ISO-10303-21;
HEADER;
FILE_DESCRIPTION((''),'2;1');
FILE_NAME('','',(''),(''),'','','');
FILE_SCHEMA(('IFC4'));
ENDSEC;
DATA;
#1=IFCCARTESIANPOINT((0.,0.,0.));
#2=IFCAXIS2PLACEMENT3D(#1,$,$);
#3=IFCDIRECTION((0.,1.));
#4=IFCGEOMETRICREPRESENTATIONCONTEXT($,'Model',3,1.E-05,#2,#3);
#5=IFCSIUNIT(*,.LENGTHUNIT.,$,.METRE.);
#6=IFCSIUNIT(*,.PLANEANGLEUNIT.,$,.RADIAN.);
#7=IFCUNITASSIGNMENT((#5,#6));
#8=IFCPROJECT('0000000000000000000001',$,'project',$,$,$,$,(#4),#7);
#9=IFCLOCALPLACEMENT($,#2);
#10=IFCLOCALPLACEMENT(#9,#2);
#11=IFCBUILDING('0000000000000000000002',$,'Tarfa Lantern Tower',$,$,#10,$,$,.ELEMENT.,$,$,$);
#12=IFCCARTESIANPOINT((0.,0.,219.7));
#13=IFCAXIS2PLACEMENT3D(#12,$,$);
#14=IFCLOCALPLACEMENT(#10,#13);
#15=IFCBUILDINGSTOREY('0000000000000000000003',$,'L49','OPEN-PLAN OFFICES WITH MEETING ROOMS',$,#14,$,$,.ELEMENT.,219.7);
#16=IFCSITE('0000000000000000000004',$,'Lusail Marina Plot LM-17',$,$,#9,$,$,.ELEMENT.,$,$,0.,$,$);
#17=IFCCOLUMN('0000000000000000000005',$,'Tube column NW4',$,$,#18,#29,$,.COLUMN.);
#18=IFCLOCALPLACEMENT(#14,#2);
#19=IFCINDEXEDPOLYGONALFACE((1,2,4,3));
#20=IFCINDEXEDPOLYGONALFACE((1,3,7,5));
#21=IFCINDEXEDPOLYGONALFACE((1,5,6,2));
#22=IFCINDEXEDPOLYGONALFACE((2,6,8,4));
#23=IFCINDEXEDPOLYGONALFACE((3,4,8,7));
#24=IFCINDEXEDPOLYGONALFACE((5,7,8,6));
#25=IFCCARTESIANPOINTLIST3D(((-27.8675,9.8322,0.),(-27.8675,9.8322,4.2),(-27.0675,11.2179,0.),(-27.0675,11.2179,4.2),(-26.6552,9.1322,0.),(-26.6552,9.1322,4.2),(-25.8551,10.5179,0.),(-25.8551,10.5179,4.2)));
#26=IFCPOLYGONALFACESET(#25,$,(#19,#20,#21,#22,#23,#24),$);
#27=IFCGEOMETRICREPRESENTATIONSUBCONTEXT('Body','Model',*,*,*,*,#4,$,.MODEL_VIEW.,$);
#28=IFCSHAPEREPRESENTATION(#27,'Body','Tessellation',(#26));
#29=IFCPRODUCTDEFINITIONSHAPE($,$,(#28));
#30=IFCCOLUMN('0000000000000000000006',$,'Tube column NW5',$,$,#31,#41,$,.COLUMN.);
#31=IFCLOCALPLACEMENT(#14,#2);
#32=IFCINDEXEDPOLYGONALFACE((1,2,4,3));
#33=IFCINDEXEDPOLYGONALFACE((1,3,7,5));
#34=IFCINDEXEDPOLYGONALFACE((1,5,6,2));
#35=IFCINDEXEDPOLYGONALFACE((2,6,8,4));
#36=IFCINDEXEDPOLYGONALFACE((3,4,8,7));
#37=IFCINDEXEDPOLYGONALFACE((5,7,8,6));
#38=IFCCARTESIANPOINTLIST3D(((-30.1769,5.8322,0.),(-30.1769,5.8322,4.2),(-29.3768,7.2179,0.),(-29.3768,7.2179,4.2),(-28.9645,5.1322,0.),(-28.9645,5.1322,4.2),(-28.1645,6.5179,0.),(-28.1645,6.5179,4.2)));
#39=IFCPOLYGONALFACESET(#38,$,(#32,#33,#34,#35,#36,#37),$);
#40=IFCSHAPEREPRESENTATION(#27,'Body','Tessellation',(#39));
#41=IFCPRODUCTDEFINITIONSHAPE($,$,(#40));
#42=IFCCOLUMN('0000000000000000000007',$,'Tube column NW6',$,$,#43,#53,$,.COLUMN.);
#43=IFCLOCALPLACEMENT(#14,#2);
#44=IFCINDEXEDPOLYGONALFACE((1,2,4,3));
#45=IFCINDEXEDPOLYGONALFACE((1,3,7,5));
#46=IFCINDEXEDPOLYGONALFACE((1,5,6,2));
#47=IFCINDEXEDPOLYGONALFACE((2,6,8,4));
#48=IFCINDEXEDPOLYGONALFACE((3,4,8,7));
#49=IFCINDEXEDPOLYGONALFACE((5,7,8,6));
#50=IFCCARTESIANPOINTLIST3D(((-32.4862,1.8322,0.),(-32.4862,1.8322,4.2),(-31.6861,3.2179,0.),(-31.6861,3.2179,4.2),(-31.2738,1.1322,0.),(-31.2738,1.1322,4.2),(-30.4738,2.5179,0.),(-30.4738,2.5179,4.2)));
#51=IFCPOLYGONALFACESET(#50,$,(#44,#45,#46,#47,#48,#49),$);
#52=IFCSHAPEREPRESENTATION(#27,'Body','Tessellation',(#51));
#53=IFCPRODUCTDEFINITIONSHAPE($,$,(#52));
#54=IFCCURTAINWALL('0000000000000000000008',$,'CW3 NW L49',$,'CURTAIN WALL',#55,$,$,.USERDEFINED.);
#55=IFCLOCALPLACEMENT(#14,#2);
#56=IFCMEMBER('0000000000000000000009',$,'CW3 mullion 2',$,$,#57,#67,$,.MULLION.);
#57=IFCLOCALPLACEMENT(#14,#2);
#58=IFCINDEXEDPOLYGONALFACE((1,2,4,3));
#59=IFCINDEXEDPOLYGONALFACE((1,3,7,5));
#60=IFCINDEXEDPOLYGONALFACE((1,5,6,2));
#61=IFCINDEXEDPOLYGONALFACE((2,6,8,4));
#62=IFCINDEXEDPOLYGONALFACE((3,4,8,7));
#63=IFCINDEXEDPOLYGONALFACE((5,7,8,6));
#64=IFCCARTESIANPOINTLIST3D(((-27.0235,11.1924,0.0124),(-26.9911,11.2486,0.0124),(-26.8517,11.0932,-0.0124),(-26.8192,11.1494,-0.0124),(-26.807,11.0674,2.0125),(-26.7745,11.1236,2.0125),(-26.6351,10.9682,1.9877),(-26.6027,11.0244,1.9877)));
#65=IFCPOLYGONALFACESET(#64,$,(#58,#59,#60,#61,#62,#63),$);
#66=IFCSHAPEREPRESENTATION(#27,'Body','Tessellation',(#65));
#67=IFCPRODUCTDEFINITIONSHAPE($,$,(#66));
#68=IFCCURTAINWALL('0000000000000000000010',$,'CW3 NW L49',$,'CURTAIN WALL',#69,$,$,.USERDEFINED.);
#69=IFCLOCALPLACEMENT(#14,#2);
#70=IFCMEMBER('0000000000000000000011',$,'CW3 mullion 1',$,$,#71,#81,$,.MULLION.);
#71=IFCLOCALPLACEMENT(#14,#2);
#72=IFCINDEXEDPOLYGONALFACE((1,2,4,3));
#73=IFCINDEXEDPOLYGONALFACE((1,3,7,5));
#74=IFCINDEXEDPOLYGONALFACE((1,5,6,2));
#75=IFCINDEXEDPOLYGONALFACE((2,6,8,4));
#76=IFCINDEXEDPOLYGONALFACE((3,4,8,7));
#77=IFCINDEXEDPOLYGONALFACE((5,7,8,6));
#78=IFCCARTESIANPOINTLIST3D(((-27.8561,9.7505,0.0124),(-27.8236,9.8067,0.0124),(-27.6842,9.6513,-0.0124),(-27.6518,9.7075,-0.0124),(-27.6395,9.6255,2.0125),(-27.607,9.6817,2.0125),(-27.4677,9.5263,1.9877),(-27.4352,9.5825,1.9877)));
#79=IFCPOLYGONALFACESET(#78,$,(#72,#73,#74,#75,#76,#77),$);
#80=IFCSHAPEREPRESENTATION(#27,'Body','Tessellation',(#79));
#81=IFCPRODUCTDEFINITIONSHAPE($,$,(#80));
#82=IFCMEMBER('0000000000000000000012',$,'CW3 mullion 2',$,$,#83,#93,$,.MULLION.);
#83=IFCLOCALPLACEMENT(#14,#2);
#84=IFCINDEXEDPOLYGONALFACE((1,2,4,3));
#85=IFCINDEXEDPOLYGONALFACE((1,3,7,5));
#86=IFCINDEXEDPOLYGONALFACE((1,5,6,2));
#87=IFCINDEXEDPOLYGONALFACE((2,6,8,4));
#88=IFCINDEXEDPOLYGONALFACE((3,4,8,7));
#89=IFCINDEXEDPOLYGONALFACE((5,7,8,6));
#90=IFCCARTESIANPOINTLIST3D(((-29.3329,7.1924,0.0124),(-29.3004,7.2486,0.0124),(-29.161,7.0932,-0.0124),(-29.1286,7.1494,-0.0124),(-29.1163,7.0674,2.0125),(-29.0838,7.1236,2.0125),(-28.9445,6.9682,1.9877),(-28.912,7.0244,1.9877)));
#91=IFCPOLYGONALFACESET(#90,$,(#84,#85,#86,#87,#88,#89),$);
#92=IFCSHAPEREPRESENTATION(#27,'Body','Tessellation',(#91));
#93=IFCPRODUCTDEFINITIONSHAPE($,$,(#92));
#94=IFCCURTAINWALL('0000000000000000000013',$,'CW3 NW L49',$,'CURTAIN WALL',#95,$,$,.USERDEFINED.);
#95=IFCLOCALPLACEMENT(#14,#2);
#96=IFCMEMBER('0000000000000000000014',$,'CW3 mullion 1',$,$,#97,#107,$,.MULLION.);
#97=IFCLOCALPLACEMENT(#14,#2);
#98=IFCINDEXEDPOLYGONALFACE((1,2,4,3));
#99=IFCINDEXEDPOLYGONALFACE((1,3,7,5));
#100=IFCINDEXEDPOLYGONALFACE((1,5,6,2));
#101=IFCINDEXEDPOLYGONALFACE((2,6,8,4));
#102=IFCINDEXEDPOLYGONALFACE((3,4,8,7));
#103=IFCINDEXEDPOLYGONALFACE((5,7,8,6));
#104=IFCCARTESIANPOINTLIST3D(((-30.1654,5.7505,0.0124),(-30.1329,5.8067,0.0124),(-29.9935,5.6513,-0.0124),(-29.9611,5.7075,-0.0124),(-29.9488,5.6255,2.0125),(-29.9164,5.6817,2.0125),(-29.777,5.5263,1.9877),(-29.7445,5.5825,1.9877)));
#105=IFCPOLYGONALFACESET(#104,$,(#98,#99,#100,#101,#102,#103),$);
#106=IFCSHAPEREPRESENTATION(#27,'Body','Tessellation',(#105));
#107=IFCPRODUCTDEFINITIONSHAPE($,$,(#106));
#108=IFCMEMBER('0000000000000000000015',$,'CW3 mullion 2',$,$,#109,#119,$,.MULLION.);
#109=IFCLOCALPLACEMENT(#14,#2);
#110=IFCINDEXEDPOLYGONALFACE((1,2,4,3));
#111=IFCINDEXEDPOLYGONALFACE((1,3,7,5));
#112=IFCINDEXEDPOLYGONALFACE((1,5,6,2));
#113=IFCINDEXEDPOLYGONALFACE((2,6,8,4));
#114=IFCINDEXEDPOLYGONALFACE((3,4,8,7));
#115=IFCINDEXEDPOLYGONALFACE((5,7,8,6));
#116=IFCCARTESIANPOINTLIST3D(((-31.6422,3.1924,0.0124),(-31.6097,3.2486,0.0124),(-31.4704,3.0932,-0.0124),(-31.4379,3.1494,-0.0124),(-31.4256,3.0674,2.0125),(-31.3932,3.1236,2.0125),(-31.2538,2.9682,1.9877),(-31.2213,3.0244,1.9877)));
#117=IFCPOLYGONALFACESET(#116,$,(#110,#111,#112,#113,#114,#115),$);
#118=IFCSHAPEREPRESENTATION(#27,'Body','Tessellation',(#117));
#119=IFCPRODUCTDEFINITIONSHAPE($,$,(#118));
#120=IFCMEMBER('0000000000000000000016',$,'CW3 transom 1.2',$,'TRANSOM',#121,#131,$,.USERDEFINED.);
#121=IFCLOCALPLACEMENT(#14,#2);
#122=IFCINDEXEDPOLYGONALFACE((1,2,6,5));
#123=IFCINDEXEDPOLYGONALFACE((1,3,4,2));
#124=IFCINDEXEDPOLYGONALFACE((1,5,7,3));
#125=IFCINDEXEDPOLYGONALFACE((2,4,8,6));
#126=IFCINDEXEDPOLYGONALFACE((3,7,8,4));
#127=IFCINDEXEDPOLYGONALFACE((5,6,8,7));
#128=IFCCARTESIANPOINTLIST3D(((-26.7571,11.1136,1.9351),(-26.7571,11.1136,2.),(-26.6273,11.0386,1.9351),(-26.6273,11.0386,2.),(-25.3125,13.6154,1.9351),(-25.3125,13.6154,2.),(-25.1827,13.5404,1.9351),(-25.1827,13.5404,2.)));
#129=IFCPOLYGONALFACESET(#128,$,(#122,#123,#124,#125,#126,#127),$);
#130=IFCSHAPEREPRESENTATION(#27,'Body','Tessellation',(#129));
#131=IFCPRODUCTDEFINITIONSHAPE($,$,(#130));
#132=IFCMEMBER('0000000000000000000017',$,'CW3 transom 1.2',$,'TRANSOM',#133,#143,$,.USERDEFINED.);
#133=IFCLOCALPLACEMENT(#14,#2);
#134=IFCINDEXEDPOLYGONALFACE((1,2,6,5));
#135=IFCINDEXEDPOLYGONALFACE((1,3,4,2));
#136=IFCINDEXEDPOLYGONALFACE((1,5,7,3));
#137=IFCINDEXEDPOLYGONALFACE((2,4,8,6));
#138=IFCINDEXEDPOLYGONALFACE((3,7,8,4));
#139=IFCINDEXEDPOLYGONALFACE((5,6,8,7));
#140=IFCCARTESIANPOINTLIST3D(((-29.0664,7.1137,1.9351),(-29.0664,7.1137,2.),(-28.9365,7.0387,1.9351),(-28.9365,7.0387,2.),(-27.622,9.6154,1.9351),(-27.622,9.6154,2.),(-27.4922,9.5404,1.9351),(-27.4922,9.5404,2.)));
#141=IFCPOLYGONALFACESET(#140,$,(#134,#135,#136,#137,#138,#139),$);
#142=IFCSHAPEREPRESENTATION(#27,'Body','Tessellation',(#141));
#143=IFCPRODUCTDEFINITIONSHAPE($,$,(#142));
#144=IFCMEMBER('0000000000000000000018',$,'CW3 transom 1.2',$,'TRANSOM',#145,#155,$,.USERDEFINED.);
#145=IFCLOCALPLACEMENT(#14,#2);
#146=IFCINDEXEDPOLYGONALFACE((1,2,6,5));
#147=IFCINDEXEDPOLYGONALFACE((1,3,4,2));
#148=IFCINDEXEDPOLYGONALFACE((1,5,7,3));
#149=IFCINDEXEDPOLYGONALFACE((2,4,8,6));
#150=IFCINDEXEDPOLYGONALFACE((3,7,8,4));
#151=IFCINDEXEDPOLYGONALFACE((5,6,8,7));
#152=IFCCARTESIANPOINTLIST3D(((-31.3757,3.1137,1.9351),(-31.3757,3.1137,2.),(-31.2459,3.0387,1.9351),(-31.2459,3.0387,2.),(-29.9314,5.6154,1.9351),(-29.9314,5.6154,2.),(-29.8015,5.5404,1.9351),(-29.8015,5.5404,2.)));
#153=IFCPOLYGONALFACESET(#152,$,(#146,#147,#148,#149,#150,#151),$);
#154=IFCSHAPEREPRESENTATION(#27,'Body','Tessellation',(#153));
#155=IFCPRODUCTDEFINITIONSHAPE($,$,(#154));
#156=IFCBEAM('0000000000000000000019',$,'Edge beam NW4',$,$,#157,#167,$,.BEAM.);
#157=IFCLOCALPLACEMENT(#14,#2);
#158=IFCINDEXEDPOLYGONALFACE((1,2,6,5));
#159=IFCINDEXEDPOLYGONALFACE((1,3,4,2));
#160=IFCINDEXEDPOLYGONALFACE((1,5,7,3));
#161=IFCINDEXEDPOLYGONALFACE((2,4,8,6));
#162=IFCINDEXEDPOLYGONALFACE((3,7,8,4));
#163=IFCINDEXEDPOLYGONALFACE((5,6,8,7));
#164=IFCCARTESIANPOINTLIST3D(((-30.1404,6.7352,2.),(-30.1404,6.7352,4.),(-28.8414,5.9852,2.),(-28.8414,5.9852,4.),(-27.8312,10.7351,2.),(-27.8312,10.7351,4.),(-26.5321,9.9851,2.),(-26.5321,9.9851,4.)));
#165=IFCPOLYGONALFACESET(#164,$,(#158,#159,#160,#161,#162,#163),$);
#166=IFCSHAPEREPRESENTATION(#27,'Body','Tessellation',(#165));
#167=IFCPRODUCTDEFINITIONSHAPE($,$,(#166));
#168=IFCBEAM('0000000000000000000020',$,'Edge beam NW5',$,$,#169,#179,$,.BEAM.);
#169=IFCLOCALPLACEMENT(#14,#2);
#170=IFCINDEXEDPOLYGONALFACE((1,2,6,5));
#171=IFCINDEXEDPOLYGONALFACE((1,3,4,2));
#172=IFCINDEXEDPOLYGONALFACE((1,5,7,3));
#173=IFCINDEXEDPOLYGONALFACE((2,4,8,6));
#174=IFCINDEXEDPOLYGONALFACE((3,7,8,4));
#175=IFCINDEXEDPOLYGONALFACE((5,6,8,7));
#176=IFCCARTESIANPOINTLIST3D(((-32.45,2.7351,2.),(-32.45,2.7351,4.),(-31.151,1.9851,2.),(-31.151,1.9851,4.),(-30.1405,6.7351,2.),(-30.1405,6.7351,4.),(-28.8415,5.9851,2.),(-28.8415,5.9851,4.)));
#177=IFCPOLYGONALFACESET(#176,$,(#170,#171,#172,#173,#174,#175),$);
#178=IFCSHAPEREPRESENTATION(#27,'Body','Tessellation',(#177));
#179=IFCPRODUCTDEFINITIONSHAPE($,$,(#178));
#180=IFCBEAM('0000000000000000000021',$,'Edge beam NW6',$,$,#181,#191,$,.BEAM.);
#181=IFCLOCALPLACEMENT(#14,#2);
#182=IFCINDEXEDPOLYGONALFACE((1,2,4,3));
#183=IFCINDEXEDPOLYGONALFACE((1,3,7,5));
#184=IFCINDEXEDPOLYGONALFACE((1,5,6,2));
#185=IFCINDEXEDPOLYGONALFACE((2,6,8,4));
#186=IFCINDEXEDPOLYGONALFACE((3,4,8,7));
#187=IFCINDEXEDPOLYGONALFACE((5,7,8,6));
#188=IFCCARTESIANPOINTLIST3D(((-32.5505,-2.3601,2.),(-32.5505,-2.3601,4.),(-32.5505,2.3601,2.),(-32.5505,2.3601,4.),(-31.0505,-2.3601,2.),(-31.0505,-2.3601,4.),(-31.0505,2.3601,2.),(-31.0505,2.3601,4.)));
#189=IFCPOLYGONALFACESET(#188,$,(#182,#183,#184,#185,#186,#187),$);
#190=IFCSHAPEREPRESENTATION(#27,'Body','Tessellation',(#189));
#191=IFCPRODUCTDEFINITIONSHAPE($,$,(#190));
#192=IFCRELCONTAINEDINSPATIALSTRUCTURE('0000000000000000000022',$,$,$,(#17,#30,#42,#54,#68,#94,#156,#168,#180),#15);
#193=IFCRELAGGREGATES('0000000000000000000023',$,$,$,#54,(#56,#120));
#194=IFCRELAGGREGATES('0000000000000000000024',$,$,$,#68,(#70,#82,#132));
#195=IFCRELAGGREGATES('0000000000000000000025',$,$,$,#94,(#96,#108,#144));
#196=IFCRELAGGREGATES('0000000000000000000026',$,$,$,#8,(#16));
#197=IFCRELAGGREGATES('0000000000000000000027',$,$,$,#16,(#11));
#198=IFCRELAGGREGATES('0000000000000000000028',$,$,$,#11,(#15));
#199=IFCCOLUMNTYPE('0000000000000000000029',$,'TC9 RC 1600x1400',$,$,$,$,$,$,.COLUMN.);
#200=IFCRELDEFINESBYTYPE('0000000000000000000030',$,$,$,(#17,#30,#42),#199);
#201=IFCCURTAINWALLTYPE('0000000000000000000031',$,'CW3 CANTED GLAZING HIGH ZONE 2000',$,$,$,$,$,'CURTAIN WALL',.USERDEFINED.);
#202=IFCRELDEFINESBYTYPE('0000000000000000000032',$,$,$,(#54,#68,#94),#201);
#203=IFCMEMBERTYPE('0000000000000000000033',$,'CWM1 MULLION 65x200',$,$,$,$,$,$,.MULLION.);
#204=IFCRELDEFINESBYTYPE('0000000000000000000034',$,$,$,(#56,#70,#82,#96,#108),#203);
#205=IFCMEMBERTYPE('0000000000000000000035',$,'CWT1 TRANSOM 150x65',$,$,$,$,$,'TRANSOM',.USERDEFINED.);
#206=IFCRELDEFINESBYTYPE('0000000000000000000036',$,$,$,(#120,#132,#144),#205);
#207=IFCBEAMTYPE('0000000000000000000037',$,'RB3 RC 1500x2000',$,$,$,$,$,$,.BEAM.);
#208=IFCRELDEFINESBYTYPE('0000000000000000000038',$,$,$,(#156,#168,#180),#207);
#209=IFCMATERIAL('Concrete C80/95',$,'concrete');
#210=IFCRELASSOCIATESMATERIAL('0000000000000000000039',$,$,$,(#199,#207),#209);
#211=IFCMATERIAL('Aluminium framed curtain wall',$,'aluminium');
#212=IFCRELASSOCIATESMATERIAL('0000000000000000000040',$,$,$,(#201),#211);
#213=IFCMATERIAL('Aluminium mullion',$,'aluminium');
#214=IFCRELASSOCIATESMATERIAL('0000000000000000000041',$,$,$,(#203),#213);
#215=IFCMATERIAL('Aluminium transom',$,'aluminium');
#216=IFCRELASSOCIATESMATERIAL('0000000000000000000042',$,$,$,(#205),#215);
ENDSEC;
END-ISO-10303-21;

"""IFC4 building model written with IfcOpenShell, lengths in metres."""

from ifc_helpers import new_model, si_unit, direction, frame, origin, origin_2d, place, context, subcontext, project, spatial, rectangle, extrude, material, material_profile, profile_set, type_object, element, aggregate, save


model = new_model("IFC4")

# Units and contexts
model_context = context("Model", 3, precision=1e-05, world=origin(), true_north=direction((0.0, 1.0)))
body_context = subcontext(model_context, "Body", "Model", "MODEL_VIEW")
ifc_project = project(units=[si_unit("LENGTHUNIT", "METRE"), si_unit("PLANEANGLEUNIT", "RADIAN")], contexts=[model_context])

# Site, building, storey
site_placement = place(None, origin())
site = spatial("IfcSite", under=ifc_project, at=site_placement, Name="Lusail Marina Plot LM-17", CompositionType="ELEMENT", RefElevation=0.0)
building_placement = place(site_placement, origin())
building = spatial("IfcBuilding", under=site, at=building_placement, Name="Tarfa Lantern Tower", CompositionType="ELEMENT")
storey_placement = place(building_placement, frame((0.0, 0.0, 219.7)))
storey = spatial("IfcBuildingStorey", under=building, at=storey_placement, Name="L49", Description="OPEN-PLAN OFFICES WITH MEETING ROOMS", CompositionType="ELEMENT", Elevation=219.7)

# Columns
ifc_material_1 = material(Name="Concrete C80/95", Category="concrete")
ifc_material_profile_1 = material_profile(ifc_material_1, rectangle(XDim=1.6001, YDim=1.3999, at=origin_2d()), Name="RC 1600x1400")
ifc_profile_set_1 = profile_set([ifc_material_profile_1], Name="Concrete C80/95")
column_type = type_object("IfcColumnType", Name="TC9 RC 1600x1400", PredefinedType="COLUMN", material=ifc_profile_set_1)
for number, where, z_axis, x_axis, name in (
    (1, (-26.8613, 10.175, 0.0), (0.0, 0.0, 1.0), (-0.5, -0.866025, 0.0), "Tube column NW4"),
    (2, (-29.1707, 6.175, 0.0), (0.0, 0.0, 1.0), (-0.5, -0.866025, 0.0), "Tube column NW5"),
    (3, (-31.48, 2.175, 0.0), (0.0, 0.0, 1.0), (-0.5, -0.866025, 0.0), "Tube column NW6"),
):
    element("IfcColumn", number, at=place(storey_placement, frame(where, z_axis=z_axis, x_axis=x_axis)), inside=storey, type_object=column_type, Name=name, PredefinedType="COLUMN", context=body_context, shape_type="SweptSolid", body=[
        extrude(rectangle(XDim=1.6001, YDim=1.3999, at=origin_2d()), origin(), (0.0, 0.0, 1.0), 4.2),
    ])

# Curtain wall, member
ifc_material_2 = material(Name="Aluminium framed curtain wall", Category="aluminium")
curtain_wall_type = type_object("IfcCurtainWallType", Name="CW3 CANTED GLAZING HIGH ZONE 2000", ElementType="CURTAIN WALL", PredefinedType="USERDEFINED", material=ifc_material_2)
curtain_wall_1_placement = place(storey_placement, origin())
curtain_wall_1 = element("IfcCurtainWall", 4, at=curtain_wall_1_placement, inside=storey, type_object=curtain_wall_type, Name="CW3 NW L49", ObjectType="CURTAIN WALL", PredefinedType="USERDEFINED")
ifc_material_3 = material(Name="Aluminium mullion", Category="aluminium")
ifc_material_profile_2 = material_profile(ifc_material_3, rectangle(XDim=0.0649, YDim=0.2, at=origin_2d()), Name="AL MULLION 65x200")
ifc_profile_set_2 = profile_set([ifc_material_profile_2], Name="Aluminium mullion")
member_type_1 = type_object("IfcMemberType", Name="CWM1 MULLION 65x200", PredefinedType="MULLION", material=ifc_profile_set_2)
member_1_placement = place(storey_placement, frame((-26.9214, 11.1709, 0.0), z_axis=(0.10744, -0.062017, 0.992275), x_axis=(0.49992, 0.866072, 0.0)))
member_1 = element("IfcMember", 5, at=member_1_placement, type_object=member_type_1, Name="CW3 mullion 2", PredefinedType="MULLION", context=body_context, shape_type="SweptSolid", body=[
    extrude(rectangle(XDim=0.0649, YDim=0.2, at=origin_2d()), origin(), (0.0, 0.0, 1.0), 2.0156),
])

# Curtain walls, members
curtain_wall_2_placement = place(storey_placement, origin())
curtain_wall_2 = element("IfcCurtainWall", 6, at=curtain_wall_2_placement, inside=storey, type_object=curtain_wall_type, Name="CW3 NW L49", ObjectType="CURTAIN WALL", PredefinedType="USERDEFINED")
member_2_placement = place(storey_placement, frame((-27.7539, 9.729, 0.0), z_axis=(0.10744, -0.062017, 0.992275), x_axis=(0.49992, 0.866072, 0.0)))
member_2 = element("IfcMember", 7, at=member_2_placement, type_object=member_type_1, Name="CW3 mullion 1", PredefinedType="MULLION", context=body_context, shape_type="SweptSolid", body=[
    extrude(rectangle(XDim=0.0649, YDim=0.2, at=origin_2d()), origin(), (0.0, 0.0, 1.0), 2.0156),
])
member_3_placement = place(storey_placement, frame((-29.2307, 7.1709, 0.0), z_axis=(0.10744, -0.062017, 0.992275), x_axis=(0.49992, 0.866072, 0.0)))
member_3 = element("IfcMember", 8, at=member_3_placement, type_object=member_type_1, Name="CW3 mullion 2", PredefinedType="MULLION", context=body_context, shape_type="SweptSolid", body=[
    extrude(rectangle(XDim=0.0649, YDim=0.2, at=origin_2d()), origin(), (0.0, 0.0, 1.0), 2.0156),
])
curtain_wall_3_placement = place(storey_placement, origin())
curtain_wall_3 = element("IfcCurtainWall", 9, at=curtain_wall_3_placement, inside=storey, type_object=curtain_wall_type, Name="CW3 NW L49", ObjectType="CURTAIN WALL", PredefinedType="USERDEFINED")
member_4_placement = place(storey_placement, frame((-30.0632, 5.729, 0.0), z_axis=(0.10744, -0.062017, 0.992275), x_axis=(0.49992, 0.866072, 0.0)))
member_4 = element("IfcMember", 10, at=member_4_placement, type_object=member_type_1, Name="CW3 mullion 1", PredefinedType="MULLION", context=body_context, shape_type="SweptSolid", body=[
    extrude(rectangle(XDim=0.0649, YDim=0.2, at=origin_2d()), origin(), (0.0, 0.0, 1.0), 2.0156),
])
member_5_placement = place(storey_placement, frame((-31.54, 3.1709, 0.0), z_axis=(0.10744, -0.062017, 0.992275), x_axis=(0.49992, 0.866072, 0.0)))
member_5 = element("IfcMember", 11, at=member_5_placement, type_object=member_type_1, Name="CW3 mullion 2", PredefinedType="MULLION", context=body_context, shape_type="SweptSolid", body=[
    extrude(rectangle(XDim=0.0649, YDim=0.2, at=origin_2d()), origin(), (0.0, 0.0, 1.0), 2.0156),
])

# Members
ifc_material_4 = material(Name="Aluminium transom", Category="aluminium")
ifc_material_profile_3 = material_profile(ifc_material_4, rectangle(XDim=0.1499, YDim=0.0649, at=origin_2d()), Name="AL TRANSOM 150x65")
ifc_profile_set_3 = profile_set([ifc_material_profile_3], Name="Aluminium transom")
member_type_2 = type_object("IfcMemberType", Name="CWT1 TRANSOM 150x65", ElementType="TRANSOM", PredefinedType="USERDEFINED", material=ifc_profile_set_3)
member_6_placement = place(storey_placement, frame((-25.2476, 13.5779, 1.9675), z_axis=(-0.500057, -0.865993, 0.0), x_axis=(0.865993, -0.500057, 0.0)))
member_6 = element("IfcMember", 12, at=member_6_placement, type_object=member_type_2, Name="CW3 transom 1.2", ObjectType="TRANSOM", PredefinedType="USERDEFINED", context=body_context, shape_type="SweptSolid", body=[
    extrude(rectangle(XDim=0.1499, YDim=0.0649, at=origin_2d()), origin(), (0.0, 0.0, 1.0), 2.8889),
])
member_7_placement = place(storey_placement, frame((-27.5571, 9.5779, 1.9675), z_axis=(-0.499993, -0.866029, 0.0), x_axis=(0.866029, -0.499993, 0.0)))
member_7 = element("IfcMember", 13, at=member_7_placement, type_object=member_type_2, Name="CW3 transom 1.2", ObjectType="TRANSOM", PredefinedType="USERDEFINED", context=body_context, shape_type="SweptSolid", body=[
    extrude(rectangle(XDim=0.1499, YDim=0.0649, at=origin_2d()), origin(), (0.0, 0.0, 1.0), 2.8887),
])
member_8_placement = place(storey_placement, frame((-29.8665, 5.5779, 1.9675), z_axis=(-0.499993, -0.866029, 0.0), x_axis=(0.866029, -0.499993, 0.0)))
member_8 = element("IfcMember", 14, at=member_8_placement, type_object=member_type_2, Name="CW3 transom 1.2", ObjectType="TRANSOM", PredefinedType="USERDEFINED", context=body_context, shape_type="SweptSolid", body=[
    extrude(rectangle(XDim=0.1499, YDim=0.0649, at=origin_2d()), origin(), (0.0, 0.0, 1.0), 2.8887),
])

# Beams
ifc_material_profile_4 = material_profile(ifc_material_1, rectangle(XDim=1.5, YDim=2.0, at=origin_2d()), Name="RC 1500x2000")
ifc_profile_set_4 = profile_set([ifc_material_profile_4], Name="Concrete C80/95")
beam_type_1 = type_object("IfcBeamType", Name="RB3 RC 1500x2000", PredefinedType="BEAM", material=ifc_profile_set_4)
beam_1_placement = place(storey_placement, frame((-27.1816, 10.3601, 3.0), z_axis=(-0.499988, -0.866032, 0.0), x_axis=(0.866032, -0.499988, 0.0)))
element("IfcBeam", 15, at=beam_1_placement, inside=storey, type_object=beam_type_1, Name="Edge beam NW4", PredefinedType="BEAM", context=body_context, shape_type="SweptSolid", body=[
    extrude(rectangle(XDim=1.5, YDim=2.0, at=origin_2d()), origin(), (0.0, 0.0, 1.0), 4.6187),
])
beam_2_placement = place(storey_placement, frame((-29.491, 6.3601, 3.0), z_axis=(-0.500027, -0.86601, 0.0), x_axis=(0.86601, -0.500027, 0.0)))
element("IfcBeam", 16, at=beam_2_placement, inside=storey, type_object=beam_type_1, Name="Edge beam NW5", PredefinedType="BEAM", context=body_context, shape_type="SweptSolid", body=[
    extrude(rectangle(XDim=1.5, YDim=2.0, at=origin_2d()), origin(), (0.0, 0.0, 1.0), 4.6189),
])
beam_3_placement = place(storey_placement, frame((-31.8005, 2.3601, 3.0), z_axis=(0.0, -1.0, 0.0), x_axis=(1.0, 0.0, 0.0)))
element("IfcBeam", 17, at=beam_3_placement, inside=storey, type_object=beam_type_1, Name="Edge beam NW6", PredefinedType="BEAM", context=body_context, shape_type="SweptSolid", body=[
    extrude(rectangle(XDim=1.5, YDim=2.0, at=origin_2d()), origin(), (0.0, 0.0, 1.0), 4.7202),
])

aggregate(curtain_wall_1, [member_1, member_6])
aggregate(curtain_wall_2, [member_2, member_3, member_7])
aggregate(curtain_wall_3, [member_4, member_5, member_8])

save(model, "model.ifc")
